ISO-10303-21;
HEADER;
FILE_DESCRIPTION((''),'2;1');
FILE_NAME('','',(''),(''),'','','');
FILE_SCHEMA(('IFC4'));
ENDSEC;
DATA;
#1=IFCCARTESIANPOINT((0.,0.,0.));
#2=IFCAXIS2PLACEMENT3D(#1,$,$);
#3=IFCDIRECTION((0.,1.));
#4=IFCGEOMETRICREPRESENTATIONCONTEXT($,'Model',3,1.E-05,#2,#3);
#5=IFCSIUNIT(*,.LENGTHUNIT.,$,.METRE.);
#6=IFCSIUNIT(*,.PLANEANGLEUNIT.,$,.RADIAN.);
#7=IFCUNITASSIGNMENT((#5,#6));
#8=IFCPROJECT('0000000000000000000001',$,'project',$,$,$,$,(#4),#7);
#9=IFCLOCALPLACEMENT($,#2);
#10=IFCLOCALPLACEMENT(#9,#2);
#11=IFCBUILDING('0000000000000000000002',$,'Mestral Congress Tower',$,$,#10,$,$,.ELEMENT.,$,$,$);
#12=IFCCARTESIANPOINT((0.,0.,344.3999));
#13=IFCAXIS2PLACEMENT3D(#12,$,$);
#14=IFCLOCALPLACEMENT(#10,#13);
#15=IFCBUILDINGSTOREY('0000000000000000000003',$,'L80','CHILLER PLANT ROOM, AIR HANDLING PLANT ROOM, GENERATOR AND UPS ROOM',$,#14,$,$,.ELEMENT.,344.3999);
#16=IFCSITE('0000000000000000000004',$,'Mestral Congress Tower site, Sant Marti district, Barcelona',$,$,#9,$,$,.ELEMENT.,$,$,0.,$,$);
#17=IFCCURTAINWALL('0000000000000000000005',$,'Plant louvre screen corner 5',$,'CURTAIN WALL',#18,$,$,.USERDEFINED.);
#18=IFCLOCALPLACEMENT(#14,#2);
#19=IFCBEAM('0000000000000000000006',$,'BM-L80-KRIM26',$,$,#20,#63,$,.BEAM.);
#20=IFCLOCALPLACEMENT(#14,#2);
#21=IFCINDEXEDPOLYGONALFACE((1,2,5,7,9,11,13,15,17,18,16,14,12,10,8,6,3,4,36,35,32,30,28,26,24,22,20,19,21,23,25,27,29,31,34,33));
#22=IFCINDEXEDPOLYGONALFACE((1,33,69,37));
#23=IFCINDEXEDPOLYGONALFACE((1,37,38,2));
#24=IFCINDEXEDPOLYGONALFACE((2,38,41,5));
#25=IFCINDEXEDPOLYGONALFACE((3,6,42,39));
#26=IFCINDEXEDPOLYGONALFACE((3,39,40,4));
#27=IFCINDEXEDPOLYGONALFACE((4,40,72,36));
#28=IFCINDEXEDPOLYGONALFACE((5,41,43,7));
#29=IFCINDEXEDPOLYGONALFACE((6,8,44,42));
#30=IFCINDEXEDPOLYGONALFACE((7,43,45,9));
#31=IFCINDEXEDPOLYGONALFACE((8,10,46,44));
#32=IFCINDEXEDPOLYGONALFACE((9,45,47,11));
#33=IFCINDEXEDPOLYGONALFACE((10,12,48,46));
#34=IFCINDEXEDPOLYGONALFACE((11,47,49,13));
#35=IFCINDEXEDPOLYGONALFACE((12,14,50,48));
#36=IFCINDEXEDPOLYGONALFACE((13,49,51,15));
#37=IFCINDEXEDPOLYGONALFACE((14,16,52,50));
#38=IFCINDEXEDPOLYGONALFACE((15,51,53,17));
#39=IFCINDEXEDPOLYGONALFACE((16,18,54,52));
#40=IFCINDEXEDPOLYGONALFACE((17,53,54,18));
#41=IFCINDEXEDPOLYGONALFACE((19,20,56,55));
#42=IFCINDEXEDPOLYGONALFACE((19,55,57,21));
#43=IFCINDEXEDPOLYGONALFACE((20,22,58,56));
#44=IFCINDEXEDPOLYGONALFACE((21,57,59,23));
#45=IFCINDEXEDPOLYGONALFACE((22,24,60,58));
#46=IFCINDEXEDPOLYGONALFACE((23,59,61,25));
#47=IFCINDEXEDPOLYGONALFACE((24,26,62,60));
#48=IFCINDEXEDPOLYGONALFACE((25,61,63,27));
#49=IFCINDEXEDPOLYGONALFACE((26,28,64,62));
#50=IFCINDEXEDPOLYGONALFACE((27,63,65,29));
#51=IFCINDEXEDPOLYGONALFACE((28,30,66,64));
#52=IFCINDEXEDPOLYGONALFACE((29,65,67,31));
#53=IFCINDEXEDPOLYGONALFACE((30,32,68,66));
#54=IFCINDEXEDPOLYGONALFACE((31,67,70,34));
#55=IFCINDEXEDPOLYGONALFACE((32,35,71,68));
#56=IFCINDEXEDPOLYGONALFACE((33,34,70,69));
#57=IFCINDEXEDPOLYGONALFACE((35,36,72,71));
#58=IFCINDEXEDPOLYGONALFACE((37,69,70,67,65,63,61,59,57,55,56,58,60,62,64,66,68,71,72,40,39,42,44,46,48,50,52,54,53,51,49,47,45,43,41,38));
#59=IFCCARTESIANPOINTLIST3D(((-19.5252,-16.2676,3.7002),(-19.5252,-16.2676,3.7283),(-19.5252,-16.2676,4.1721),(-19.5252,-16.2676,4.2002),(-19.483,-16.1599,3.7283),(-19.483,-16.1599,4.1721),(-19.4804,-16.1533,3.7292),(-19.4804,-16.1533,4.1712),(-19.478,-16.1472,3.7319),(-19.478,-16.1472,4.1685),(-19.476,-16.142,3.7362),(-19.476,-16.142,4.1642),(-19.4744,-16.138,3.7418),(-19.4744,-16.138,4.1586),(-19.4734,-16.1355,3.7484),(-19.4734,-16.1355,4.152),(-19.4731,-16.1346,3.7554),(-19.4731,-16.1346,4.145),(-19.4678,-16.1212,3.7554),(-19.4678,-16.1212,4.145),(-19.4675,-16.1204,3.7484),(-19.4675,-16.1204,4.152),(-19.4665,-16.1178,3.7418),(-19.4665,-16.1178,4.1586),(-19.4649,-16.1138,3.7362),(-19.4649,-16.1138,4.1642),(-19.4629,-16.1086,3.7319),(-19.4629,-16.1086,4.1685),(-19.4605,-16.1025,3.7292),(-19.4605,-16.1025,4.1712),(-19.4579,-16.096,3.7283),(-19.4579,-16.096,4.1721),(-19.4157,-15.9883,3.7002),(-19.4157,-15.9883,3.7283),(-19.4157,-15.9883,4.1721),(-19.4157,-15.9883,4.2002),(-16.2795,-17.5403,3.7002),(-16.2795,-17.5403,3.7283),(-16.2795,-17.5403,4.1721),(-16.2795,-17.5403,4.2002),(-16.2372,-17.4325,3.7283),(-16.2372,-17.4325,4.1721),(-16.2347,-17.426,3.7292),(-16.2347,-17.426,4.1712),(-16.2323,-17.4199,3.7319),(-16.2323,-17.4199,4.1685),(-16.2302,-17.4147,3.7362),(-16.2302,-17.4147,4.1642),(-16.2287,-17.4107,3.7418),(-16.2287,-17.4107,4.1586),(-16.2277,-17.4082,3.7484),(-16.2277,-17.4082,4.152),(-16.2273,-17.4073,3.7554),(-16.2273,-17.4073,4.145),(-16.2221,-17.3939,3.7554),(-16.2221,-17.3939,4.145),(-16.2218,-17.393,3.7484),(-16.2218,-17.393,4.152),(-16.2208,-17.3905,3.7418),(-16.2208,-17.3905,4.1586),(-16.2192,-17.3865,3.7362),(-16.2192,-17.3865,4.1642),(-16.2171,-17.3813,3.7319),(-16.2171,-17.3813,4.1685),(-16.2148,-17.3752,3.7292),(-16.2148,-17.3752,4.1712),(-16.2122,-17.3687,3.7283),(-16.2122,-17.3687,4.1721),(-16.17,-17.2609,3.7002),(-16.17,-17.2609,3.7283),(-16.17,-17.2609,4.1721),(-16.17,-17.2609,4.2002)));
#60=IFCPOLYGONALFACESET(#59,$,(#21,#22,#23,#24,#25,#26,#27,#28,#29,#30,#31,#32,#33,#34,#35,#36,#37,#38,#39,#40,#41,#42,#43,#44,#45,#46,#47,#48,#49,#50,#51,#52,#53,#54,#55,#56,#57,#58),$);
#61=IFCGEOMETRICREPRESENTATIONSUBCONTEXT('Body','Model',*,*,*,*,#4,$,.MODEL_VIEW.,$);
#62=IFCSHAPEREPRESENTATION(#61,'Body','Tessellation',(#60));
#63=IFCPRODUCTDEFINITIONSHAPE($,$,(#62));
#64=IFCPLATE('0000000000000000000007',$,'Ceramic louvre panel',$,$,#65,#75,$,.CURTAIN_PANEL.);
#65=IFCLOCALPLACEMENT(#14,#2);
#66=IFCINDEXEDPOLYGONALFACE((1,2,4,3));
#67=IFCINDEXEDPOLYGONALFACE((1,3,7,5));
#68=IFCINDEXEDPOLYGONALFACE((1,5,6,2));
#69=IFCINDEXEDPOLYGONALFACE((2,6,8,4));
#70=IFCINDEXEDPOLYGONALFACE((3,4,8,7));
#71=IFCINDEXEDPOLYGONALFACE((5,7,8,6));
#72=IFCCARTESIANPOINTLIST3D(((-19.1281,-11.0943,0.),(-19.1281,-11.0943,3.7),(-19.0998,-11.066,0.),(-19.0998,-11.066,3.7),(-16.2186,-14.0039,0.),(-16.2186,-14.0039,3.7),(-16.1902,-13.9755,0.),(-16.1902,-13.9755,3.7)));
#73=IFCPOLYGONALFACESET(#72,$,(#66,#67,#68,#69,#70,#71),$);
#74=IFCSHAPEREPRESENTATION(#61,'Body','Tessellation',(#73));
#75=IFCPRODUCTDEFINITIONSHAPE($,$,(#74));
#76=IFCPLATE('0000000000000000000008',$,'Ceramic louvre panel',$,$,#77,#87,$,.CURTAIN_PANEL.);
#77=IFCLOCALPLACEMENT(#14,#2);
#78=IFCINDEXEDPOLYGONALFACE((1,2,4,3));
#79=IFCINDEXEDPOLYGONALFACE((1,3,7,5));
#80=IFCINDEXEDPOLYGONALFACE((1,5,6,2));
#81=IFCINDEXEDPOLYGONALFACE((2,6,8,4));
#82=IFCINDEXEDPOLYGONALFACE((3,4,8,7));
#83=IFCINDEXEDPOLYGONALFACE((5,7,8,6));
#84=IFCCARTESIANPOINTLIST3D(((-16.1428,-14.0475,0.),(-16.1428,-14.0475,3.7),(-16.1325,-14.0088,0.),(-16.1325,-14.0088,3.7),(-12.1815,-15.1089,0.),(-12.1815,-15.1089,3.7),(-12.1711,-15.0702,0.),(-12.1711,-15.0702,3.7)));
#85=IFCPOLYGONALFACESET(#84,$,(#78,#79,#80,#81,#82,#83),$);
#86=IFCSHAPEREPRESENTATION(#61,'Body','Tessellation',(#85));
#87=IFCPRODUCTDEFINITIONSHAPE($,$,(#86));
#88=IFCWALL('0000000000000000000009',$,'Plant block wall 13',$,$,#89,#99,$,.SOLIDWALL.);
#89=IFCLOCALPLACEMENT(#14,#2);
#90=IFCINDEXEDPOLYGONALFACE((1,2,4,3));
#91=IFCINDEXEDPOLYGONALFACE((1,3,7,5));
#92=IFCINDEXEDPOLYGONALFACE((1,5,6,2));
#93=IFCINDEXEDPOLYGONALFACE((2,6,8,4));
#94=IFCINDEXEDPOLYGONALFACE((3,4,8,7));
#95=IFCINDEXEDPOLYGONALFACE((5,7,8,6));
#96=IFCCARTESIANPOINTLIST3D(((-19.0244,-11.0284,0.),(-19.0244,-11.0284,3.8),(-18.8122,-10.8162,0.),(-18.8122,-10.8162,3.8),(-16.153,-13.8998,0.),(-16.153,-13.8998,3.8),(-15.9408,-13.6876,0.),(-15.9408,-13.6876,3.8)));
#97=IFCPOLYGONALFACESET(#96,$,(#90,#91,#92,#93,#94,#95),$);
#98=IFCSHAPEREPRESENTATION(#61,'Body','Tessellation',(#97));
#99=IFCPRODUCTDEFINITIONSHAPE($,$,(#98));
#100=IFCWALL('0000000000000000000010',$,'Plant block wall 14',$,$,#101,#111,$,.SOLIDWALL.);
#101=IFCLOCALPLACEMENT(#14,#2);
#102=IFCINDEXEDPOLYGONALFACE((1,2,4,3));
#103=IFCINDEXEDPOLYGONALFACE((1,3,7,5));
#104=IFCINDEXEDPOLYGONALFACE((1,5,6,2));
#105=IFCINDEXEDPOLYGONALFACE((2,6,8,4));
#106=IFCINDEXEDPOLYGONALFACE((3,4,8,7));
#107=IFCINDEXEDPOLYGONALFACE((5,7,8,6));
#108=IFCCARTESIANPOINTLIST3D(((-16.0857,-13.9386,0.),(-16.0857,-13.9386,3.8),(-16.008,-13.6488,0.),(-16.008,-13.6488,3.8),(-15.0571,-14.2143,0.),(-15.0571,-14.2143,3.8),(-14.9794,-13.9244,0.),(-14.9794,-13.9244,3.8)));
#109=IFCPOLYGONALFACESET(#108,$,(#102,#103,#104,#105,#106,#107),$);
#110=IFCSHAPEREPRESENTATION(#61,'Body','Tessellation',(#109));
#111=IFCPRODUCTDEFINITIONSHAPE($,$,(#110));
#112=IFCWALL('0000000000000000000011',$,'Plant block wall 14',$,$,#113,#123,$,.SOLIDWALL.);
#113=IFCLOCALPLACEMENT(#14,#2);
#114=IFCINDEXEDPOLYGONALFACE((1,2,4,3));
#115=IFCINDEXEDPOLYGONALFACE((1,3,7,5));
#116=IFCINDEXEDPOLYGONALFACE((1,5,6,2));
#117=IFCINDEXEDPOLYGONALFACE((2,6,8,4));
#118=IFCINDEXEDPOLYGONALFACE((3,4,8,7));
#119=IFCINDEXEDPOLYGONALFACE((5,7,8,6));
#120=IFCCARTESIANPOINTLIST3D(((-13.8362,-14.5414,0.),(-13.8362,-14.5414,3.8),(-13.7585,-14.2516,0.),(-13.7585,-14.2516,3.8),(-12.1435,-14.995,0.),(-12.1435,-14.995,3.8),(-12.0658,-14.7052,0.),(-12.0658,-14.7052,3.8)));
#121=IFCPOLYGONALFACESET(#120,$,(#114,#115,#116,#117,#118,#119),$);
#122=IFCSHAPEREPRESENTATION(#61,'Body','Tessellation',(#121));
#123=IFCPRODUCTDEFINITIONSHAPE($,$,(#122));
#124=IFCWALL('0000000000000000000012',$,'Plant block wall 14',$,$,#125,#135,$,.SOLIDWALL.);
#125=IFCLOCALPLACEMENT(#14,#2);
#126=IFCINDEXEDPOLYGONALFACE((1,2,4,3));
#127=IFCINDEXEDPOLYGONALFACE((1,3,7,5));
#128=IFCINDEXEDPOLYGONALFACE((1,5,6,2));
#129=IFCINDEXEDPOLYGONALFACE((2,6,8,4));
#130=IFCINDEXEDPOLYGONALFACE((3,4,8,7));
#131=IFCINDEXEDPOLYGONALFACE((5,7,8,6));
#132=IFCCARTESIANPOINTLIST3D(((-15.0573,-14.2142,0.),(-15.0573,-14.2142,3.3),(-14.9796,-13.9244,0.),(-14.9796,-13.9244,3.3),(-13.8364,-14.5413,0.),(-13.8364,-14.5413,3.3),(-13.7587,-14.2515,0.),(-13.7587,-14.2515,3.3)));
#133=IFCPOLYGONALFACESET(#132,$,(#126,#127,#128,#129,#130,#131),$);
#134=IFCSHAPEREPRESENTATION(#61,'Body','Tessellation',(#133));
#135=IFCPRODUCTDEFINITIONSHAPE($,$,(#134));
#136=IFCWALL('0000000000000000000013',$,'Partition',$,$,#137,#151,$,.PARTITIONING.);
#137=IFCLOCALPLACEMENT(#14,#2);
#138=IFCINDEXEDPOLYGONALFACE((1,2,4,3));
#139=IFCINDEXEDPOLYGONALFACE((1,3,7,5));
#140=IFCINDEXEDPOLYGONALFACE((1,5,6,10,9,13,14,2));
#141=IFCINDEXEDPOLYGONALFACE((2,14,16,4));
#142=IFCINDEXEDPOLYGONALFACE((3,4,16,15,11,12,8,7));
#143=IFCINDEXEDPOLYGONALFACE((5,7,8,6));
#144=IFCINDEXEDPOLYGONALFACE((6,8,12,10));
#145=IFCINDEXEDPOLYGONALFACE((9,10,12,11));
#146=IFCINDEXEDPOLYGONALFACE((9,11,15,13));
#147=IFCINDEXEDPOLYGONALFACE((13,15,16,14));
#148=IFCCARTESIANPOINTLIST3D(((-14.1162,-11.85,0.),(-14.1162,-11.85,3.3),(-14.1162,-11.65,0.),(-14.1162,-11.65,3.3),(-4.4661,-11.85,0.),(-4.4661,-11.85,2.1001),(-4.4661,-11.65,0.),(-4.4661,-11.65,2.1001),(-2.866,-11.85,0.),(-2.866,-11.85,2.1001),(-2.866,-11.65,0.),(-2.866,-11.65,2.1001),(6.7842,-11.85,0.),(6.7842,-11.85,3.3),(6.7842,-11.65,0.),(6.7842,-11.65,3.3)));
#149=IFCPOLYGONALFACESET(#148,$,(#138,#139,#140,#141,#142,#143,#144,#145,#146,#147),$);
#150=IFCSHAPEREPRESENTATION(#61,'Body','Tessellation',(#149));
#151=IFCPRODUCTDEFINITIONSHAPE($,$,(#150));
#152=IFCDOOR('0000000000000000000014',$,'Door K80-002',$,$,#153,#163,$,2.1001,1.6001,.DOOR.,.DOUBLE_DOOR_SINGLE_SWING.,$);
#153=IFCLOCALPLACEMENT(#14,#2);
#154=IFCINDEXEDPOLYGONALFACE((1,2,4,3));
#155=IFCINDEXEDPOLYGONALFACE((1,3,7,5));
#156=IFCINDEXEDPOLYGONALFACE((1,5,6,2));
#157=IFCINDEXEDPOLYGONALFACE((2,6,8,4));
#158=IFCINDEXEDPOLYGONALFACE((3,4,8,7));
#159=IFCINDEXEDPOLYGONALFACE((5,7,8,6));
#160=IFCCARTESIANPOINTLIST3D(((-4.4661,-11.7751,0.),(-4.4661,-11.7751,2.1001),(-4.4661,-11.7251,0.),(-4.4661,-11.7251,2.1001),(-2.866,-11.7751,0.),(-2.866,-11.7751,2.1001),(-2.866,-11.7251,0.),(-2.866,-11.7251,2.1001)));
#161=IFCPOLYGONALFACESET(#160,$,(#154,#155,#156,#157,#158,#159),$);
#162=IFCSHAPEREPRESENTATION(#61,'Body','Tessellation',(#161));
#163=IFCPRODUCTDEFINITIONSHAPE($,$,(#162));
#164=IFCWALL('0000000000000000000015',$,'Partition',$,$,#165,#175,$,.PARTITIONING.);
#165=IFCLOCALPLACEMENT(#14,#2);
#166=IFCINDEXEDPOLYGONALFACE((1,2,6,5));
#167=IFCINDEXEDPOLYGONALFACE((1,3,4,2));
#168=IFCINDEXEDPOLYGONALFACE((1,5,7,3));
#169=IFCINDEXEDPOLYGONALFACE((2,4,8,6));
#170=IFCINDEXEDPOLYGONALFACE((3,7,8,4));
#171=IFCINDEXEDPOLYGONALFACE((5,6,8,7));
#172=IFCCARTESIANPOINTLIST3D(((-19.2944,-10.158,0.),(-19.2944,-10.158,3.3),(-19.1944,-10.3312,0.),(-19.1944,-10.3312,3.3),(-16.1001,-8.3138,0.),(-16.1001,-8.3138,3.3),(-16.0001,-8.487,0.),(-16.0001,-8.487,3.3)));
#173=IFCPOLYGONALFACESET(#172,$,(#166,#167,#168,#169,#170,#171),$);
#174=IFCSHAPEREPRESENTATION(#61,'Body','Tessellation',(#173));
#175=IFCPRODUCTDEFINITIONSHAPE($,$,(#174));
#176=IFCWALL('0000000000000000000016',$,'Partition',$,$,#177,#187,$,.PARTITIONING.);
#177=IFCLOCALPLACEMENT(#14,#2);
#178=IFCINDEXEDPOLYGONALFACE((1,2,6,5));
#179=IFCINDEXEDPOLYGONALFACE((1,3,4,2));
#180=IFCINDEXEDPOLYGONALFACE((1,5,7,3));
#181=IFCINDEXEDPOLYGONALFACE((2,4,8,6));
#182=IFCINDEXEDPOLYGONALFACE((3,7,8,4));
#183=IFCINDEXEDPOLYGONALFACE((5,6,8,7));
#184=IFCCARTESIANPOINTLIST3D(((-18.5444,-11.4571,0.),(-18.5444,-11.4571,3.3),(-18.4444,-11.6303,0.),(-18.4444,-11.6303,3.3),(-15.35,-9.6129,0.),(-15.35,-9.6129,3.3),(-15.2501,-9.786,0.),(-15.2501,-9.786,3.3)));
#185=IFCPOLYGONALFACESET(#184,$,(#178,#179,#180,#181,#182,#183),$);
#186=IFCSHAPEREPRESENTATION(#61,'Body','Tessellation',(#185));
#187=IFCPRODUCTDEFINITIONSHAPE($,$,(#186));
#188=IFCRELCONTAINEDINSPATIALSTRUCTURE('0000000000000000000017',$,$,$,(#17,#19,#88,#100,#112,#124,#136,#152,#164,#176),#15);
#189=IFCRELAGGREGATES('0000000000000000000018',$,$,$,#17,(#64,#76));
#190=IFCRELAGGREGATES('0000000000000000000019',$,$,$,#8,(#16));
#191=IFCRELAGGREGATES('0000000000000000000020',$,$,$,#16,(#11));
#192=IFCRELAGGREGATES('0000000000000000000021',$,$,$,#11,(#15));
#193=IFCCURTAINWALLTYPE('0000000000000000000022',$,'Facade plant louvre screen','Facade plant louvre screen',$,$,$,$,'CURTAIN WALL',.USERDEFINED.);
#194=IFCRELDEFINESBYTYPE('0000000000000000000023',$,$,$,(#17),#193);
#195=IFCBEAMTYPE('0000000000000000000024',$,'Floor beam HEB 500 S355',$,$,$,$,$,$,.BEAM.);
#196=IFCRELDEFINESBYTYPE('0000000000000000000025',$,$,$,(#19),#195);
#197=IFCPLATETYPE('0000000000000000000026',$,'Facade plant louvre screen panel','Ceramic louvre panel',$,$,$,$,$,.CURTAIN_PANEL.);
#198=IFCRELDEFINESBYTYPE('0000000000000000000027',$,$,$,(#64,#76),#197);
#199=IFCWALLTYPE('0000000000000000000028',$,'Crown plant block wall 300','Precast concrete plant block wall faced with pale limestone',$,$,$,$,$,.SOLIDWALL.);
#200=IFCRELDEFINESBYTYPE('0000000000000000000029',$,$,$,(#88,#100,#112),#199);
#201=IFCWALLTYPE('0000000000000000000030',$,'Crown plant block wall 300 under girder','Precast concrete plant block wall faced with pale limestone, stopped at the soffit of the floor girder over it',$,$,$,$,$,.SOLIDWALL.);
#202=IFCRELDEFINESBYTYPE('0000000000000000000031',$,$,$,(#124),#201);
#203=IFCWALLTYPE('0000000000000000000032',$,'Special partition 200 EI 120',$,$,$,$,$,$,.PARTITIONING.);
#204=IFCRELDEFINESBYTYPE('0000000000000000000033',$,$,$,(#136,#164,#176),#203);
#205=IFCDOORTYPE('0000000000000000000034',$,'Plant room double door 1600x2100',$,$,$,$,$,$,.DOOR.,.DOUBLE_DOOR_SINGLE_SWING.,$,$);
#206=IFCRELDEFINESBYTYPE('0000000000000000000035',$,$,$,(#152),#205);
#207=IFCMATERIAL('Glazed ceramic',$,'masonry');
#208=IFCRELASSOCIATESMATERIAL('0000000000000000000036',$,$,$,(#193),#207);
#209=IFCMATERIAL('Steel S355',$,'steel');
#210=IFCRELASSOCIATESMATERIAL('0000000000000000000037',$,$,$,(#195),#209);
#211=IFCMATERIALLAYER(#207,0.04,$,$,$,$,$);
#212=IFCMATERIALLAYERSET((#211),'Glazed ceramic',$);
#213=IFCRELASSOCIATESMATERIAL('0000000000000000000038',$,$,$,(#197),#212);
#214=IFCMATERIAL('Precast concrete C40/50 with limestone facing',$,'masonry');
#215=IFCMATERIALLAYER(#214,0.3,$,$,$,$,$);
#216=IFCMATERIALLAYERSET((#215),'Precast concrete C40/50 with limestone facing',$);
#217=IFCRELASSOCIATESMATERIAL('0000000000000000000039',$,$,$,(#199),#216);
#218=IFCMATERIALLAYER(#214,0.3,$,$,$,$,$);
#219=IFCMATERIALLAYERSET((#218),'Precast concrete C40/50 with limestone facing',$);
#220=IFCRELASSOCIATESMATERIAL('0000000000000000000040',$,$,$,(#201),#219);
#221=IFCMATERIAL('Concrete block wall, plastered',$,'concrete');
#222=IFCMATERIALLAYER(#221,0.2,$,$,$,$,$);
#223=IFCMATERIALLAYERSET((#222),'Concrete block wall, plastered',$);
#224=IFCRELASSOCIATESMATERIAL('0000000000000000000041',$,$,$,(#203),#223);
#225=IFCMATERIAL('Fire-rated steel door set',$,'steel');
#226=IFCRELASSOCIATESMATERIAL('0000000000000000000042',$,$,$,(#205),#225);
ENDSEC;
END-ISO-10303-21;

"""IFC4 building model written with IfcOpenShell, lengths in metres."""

from ifc_helpers import new_model, si_unit, direction, frame, frame_2d, origin, origin_2d, place, context, subcontext, project, spatial, rectangle, i_section, extrude, material, layer, layer_set, material_profile, profile_set, type_object, element, fill, aggregate, save


model = new_model("IFC4")

# Units and contexts
model_context = context("Model", 3, precision=1e-05, world=origin(), true_north=direction((0.0, 1.0)))
body_context = subcontext(model_context, "Body", "Model", "MODEL_VIEW")
ifc_project = project(units=[si_unit("LENGTHUNIT", "METRE"), si_unit("PLANEANGLEUNIT", "RADIAN")], contexts=[model_context])

# Site, building, storey
site_placement = place(None, origin())
site = spatial("IfcSite", under=ifc_project, at=site_placement, Name="Mestral Congress Tower site, Sant Marti district, Barcelona", CompositionType="ELEMENT", RefElevation=0.0)
building_placement = place(site_placement, origin())
building = spatial("IfcBuilding", under=site, at=building_placement, Name="Mestral Congress Tower", CompositionType="ELEMENT")
storey_placement = place(building_placement, frame((0.0, 0.0, 344.3999)))
storey = spatial("IfcBuildingStorey", under=building, at=storey_placement, Name="L80", Description="CHILLER PLANT ROOM, AIR HANDLING PLANT ROOM, GENERATOR AND UPS ROOM", CompositionType="ELEMENT", Elevation=344.3999)

# Shared definitions
ifc_material_1 = material(Name="Steel S355", Category="steel")

# Curtain wall
ifc_material_2 = material(Name="Glazed ceramic", Category="masonry")
curtain_wall_type = type_object("IfcCurtainWallType", Name="Facade plant louvre screen", Description="Facade plant louvre screen", ElementType="CURTAIN WALL", PredefinedType="USERDEFINED", material=ifc_material_2)
curtain_wall_placement = place(storey_placement, origin())
curtain_wall = element("IfcCurtainWall", 1, at=curtain_wall_placement, inside=storey, type_object=curtain_wall_type, Name="Plant louvre screen corner 5", ObjectType="CURTAIN WALL", PredefinedType="USERDEFINED")

# Beam
ifc_material_profile_1 = material_profile(ifc_material_1, i_section(OverallWidth=0.3, OverallDepth=0.5, WebThickness=0.0144, FlangeThickness=0.0281, FilletRadius=0.0271, at=origin_2d()), Name="HEB 500")
ifc_profile_set_1 = profile_set([ifc_material_profile_1], Name="Steel S355")
beam_type_1 = type_object("IfcBeamType", Name="Floor beam HEB 500 S355", PredefinedType="BEAM", material=ifc_profile_set_1)
beam_1_placement = place(storey_placement, frame((-19.4705, -16.1279, 3.9502), z_axis=(0.93099, -0.365043, 0.0), x_axis=(0.365043, 0.93099, 0.0)))
element("IfcBeam", 2, at=beam_1_placement, inside=storey, type_object=beam_type_1, Name="BM-L80-KRIM26", PredefinedType="BEAM", context=body_context, shape_type="SweptSolid", body=[
    extrude(i_section(OverallWidth=0.3, OverallDepth=0.5, WebThickness=0.0144, FlangeThickness=0.0281, FilletRadius=0.0271, at=origin_2d()), origin(), (0.0, 0.0, 1.0), 3.4863),
])

# Plates
ifc_layer_1 = layer(ifc_material_2, 0.04)
ifc_layer_set_1 = layer_set([ifc_layer_1], Name="Glazed ceramic")
plate_type = type_object("IfcPlateType", Name="Facade plant louvre screen panel", Description="Ceramic louvre panel", PredefinedType="CURTAIN_PANEL", material=ifc_layer_set_1)
plate_1_placement = place(storey_placement, frame((-17.6592, -12.5349, 0.0), z_axis=(0.0, 0.0, 1.0), x_axis=(0.707107, -0.707107, 0.0)))
plate_1 = element("IfcPlate", 3, at=plate_1_placement, type_object=plate_type, Name="Ceramic louvre panel", PredefinedType="CURTAIN_PANEL", context=body_context, shape_type="SweptSolid", body=[
    extrude(rectangle(XDim=4.1147, YDim=0.04, at=origin_2d()), origin(), (0.0, 0.0, 1.0), 3.7),
])
plate_2_placement = place(storey_placement, frame((-14.157, -14.5588, 0.0), z_axis=(0.0, 0.0, 1.0), x_axis=(0.965926, -0.258819, 0.0)))
plate_2 = element("IfcPlate", 4, at=plate_2_placement, type_object=plate_type, Name="Ceramic louvre panel", PredefinedType="CURTAIN_PANEL", context=body_context, shape_type="SweptSolid", body=[
    extrude(rectangle(XDim=4.1011, YDim=0.04, at=origin_2d()), origin(), (0.0, 0.0, 1.0), 3.7),
])
aggregate(curtain_wall, [plate_1, plate_2])

# Walls
ifc_material_3 = material(Name="Precast concrete C40/50 with limestone facing", Category="masonry")
ifc_layer_2 = layer(ifc_material_3, 0.3)
ifc_layer_set_2 = layer_set([ifc_layer_2], Name="Precast concrete C40/50 with limestone facing")
wall_type_1 = type_object("IfcWallType", Name="Crown plant block wall 300", Description="Precast concrete plant block wall faced with pale limestone", PredefinedType="SOLIDWALL", material=ifc_layer_set_2)
wall_1_placement = place(storey_placement, frame((-18.9182, -10.9224, 0.0), z_axis=(0.0, 0.0, 1.0), x_axis=(0.707107, -0.707107, 0.0)))
element("IfcWall", 5, at=wall_1_placement, inside=storey, type_object=wall_type_1, Name="Plant block wall 13", PredefinedType="SOLIDWALL", context=body_context, shape_type="SweptSolid", body=[
    extrude(rectangle(XDim=4.0608, YDim=0.3, at=frame_2d((2.0303, 0.0))), origin(), (0.0, 0.0, 1.0), 3.8),
])
wall_2_placement = place(storey_placement, frame((-16.0469, -13.7937, 0.0), z_axis=(0.0, 0.0, 1.0), x_axis=(0.965918, -0.258847, 0.0)))
element("IfcWall", 6, at=wall_2_placement, inside=storey, type_object=wall_type_1, Name="Plant block wall 14", PredefinedType="SOLIDWALL", context=body_context, shape_type="SweptSolid", body=[
    extrude(rectangle(XDim=1.0649, YDim=0.3, at=frame_2d((0.5325, 0.0))), origin(), (0.0, 0.0, 1.0), 3.8),
])
wall_3_placement = place(storey_placement, frame((-13.7974, -14.3965, 0.0), z_axis=(0.0, 0.0, 1.0), x_axis=(0.965915, -0.258859, 0.0)))
element("IfcWall", 7, at=wall_3_placement, inside=storey, type_object=wall_type_1, Name="Plant block wall 14", PredefinedType="SOLIDWALL", context=body_context, shape_type="SweptSolid", body=[
    extrude(rectangle(XDim=1.7524, YDim=0.3, at=frame_2d((0.8762, 0.0))), origin(), (0.0, 0.0, 1.0), 3.8),
])
ifc_layer_3 = layer(ifc_material_3, 0.3)
ifc_layer_set_3 = layer_set([ifc_layer_3], Name="Precast concrete C40/50 with limestone facing")
wall_type_2 = type_object("IfcWallType", Name="Crown plant block wall 300 under girder", Description="Precast concrete plant block wall faced with pale limestone, stopped at the soffit of the floor girder over it", PredefinedType="SOLIDWALL", material=ifc_layer_set_3)
wall_4_placement = place(storey_placement, frame((-15.0183, -14.0693, 0.0), z_axis=(0.0, 0.0, 1.0), x_axis=(0.965926, -0.258817, 0.0)))
element("IfcWall", 8, at=wall_4_placement, inside=storey, type_object=wall_type_2, Name="Plant block wall 14", PredefinedType="SOLIDWALL", context=body_context, shape_type="SweptSolid", body=[
    extrude(rectangle(XDim=1.2639, YDim=0.3, at=frame_2d((0.6318, 0.0))), origin(), (0.0, 0.0, 1.0), 3.3),
])

# Wall, opening, door
ifc_material_4 = material(Name="Concrete block wall, plastered", Category="concrete")
ifc_layer_4 = layer(ifc_material_4, 0.2)
ifc_layer_set_4 = layer_set([ifc_layer_4], Name="Concrete block wall, plastered")
wall_type_3 = type_object("IfcWallType", Name="Special partition 200 EI 120", PredefinedType="PARTITIONING", material=ifc_layer_set_4)
wall_5_placement = place(storey_placement, frame((-14.1162, -11.75, 0.0), z_axis=(0.0, 0.0, 1.0), x_axis=(1.0, 0.0, 0.0)))
wall_5 = element("IfcWall", 9, at=wall_5_placement, inside=storey, type_object=wall_type_3, Name="Partition", PredefinedType="PARTITIONING", context=body_context, shape_type="SweptSolid", body=[
    extrude(rectangle(XDim=20.9004, YDim=0.2, at=frame_2d((10.4502, 0.0))), origin(), (0.0, 0.0, 1.0), 3.3),
])
opening_placement = place(wall_5_placement, frame((9.6501, 0.0, 0.0)))
opening = element("IfcOpeningElement", 10, at=opening_placement, cuts=wall_5, PredefinedType="OPENING", context=body_context, shape_type="SweptSolid", body=[
    extrude(rectangle(XDim=1.6001, YDim=2.1001, at=frame_2d((0.8, 1.05))), frame((0.0, 0.1099, 0.0), z_axis=(0.0, -1.0, 0.0), x_axis=(1.0, 0.0, 0.0)), (0.0, 0.0, 1.0), 0.22),
])
ifc_material_5 = material(Name="Fire-rated steel door set", Category="steel")
door_type = type_object("IfcDoorType", Name="Plant room double door 1600x2100", OperationType="DOUBLE_DOOR_SINGLE_SWING", PredefinedType="DOOR", material=ifc_material_5)
door_placement = place(opening_placement, origin())
door = element("IfcDoor", 11, at=door_placement, inside=storey, type_object=door_type, Name="Door K80-002", OperationType="DOUBLE_DOOR_SINGLE_SWING", OverallHeight=2.1001, OverallWidth=1.6001, PredefinedType="DOOR", context=body_context, shape_type="SweptSolid", body=[
    extrude(rectangle(XDim=1.6001, YDim=2.1001, at=frame_2d((0.8, 1.05))), frame((0.0, 0.0249, 0.0), z_axis=(0.0, -1.0, 0.0), x_axis=(1.0, 0.0, 0.0)), (0.0, 0.0, 1.0), 0.05),
])
fill(opening, door)

# Walls
for number, where, z_axis, x_axis, name in (
    (12, (-19.2444, -10.2446, 0.0), (0.0, 0.0, 1.0), (0.866027, 0.499997, 0.0), "Partition"),
    (13, (-15.3, -9.6995, 0.0), (0.0, 0.0, 1.0), (-0.866027, -0.499997, 0.0), "Partition"),
):
    element("IfcWall", number, at=place(storey_placement, frame(where, z_axis=z_axis, x_axis=x_axis)), inside=storey, type_object=wall_type_3, Name=name, PredefinedType="PARTITIONING", context=body_context, shape_type="SweptSolid", body=[
        extrude(rectangle(XDim=3.6885, YDim=0.2, at=frame_2d((1.8442, 0.0))), origin(), (0.0, 0.0, 1.0), 3.3),
    ])

save(model, "model.ifc")
